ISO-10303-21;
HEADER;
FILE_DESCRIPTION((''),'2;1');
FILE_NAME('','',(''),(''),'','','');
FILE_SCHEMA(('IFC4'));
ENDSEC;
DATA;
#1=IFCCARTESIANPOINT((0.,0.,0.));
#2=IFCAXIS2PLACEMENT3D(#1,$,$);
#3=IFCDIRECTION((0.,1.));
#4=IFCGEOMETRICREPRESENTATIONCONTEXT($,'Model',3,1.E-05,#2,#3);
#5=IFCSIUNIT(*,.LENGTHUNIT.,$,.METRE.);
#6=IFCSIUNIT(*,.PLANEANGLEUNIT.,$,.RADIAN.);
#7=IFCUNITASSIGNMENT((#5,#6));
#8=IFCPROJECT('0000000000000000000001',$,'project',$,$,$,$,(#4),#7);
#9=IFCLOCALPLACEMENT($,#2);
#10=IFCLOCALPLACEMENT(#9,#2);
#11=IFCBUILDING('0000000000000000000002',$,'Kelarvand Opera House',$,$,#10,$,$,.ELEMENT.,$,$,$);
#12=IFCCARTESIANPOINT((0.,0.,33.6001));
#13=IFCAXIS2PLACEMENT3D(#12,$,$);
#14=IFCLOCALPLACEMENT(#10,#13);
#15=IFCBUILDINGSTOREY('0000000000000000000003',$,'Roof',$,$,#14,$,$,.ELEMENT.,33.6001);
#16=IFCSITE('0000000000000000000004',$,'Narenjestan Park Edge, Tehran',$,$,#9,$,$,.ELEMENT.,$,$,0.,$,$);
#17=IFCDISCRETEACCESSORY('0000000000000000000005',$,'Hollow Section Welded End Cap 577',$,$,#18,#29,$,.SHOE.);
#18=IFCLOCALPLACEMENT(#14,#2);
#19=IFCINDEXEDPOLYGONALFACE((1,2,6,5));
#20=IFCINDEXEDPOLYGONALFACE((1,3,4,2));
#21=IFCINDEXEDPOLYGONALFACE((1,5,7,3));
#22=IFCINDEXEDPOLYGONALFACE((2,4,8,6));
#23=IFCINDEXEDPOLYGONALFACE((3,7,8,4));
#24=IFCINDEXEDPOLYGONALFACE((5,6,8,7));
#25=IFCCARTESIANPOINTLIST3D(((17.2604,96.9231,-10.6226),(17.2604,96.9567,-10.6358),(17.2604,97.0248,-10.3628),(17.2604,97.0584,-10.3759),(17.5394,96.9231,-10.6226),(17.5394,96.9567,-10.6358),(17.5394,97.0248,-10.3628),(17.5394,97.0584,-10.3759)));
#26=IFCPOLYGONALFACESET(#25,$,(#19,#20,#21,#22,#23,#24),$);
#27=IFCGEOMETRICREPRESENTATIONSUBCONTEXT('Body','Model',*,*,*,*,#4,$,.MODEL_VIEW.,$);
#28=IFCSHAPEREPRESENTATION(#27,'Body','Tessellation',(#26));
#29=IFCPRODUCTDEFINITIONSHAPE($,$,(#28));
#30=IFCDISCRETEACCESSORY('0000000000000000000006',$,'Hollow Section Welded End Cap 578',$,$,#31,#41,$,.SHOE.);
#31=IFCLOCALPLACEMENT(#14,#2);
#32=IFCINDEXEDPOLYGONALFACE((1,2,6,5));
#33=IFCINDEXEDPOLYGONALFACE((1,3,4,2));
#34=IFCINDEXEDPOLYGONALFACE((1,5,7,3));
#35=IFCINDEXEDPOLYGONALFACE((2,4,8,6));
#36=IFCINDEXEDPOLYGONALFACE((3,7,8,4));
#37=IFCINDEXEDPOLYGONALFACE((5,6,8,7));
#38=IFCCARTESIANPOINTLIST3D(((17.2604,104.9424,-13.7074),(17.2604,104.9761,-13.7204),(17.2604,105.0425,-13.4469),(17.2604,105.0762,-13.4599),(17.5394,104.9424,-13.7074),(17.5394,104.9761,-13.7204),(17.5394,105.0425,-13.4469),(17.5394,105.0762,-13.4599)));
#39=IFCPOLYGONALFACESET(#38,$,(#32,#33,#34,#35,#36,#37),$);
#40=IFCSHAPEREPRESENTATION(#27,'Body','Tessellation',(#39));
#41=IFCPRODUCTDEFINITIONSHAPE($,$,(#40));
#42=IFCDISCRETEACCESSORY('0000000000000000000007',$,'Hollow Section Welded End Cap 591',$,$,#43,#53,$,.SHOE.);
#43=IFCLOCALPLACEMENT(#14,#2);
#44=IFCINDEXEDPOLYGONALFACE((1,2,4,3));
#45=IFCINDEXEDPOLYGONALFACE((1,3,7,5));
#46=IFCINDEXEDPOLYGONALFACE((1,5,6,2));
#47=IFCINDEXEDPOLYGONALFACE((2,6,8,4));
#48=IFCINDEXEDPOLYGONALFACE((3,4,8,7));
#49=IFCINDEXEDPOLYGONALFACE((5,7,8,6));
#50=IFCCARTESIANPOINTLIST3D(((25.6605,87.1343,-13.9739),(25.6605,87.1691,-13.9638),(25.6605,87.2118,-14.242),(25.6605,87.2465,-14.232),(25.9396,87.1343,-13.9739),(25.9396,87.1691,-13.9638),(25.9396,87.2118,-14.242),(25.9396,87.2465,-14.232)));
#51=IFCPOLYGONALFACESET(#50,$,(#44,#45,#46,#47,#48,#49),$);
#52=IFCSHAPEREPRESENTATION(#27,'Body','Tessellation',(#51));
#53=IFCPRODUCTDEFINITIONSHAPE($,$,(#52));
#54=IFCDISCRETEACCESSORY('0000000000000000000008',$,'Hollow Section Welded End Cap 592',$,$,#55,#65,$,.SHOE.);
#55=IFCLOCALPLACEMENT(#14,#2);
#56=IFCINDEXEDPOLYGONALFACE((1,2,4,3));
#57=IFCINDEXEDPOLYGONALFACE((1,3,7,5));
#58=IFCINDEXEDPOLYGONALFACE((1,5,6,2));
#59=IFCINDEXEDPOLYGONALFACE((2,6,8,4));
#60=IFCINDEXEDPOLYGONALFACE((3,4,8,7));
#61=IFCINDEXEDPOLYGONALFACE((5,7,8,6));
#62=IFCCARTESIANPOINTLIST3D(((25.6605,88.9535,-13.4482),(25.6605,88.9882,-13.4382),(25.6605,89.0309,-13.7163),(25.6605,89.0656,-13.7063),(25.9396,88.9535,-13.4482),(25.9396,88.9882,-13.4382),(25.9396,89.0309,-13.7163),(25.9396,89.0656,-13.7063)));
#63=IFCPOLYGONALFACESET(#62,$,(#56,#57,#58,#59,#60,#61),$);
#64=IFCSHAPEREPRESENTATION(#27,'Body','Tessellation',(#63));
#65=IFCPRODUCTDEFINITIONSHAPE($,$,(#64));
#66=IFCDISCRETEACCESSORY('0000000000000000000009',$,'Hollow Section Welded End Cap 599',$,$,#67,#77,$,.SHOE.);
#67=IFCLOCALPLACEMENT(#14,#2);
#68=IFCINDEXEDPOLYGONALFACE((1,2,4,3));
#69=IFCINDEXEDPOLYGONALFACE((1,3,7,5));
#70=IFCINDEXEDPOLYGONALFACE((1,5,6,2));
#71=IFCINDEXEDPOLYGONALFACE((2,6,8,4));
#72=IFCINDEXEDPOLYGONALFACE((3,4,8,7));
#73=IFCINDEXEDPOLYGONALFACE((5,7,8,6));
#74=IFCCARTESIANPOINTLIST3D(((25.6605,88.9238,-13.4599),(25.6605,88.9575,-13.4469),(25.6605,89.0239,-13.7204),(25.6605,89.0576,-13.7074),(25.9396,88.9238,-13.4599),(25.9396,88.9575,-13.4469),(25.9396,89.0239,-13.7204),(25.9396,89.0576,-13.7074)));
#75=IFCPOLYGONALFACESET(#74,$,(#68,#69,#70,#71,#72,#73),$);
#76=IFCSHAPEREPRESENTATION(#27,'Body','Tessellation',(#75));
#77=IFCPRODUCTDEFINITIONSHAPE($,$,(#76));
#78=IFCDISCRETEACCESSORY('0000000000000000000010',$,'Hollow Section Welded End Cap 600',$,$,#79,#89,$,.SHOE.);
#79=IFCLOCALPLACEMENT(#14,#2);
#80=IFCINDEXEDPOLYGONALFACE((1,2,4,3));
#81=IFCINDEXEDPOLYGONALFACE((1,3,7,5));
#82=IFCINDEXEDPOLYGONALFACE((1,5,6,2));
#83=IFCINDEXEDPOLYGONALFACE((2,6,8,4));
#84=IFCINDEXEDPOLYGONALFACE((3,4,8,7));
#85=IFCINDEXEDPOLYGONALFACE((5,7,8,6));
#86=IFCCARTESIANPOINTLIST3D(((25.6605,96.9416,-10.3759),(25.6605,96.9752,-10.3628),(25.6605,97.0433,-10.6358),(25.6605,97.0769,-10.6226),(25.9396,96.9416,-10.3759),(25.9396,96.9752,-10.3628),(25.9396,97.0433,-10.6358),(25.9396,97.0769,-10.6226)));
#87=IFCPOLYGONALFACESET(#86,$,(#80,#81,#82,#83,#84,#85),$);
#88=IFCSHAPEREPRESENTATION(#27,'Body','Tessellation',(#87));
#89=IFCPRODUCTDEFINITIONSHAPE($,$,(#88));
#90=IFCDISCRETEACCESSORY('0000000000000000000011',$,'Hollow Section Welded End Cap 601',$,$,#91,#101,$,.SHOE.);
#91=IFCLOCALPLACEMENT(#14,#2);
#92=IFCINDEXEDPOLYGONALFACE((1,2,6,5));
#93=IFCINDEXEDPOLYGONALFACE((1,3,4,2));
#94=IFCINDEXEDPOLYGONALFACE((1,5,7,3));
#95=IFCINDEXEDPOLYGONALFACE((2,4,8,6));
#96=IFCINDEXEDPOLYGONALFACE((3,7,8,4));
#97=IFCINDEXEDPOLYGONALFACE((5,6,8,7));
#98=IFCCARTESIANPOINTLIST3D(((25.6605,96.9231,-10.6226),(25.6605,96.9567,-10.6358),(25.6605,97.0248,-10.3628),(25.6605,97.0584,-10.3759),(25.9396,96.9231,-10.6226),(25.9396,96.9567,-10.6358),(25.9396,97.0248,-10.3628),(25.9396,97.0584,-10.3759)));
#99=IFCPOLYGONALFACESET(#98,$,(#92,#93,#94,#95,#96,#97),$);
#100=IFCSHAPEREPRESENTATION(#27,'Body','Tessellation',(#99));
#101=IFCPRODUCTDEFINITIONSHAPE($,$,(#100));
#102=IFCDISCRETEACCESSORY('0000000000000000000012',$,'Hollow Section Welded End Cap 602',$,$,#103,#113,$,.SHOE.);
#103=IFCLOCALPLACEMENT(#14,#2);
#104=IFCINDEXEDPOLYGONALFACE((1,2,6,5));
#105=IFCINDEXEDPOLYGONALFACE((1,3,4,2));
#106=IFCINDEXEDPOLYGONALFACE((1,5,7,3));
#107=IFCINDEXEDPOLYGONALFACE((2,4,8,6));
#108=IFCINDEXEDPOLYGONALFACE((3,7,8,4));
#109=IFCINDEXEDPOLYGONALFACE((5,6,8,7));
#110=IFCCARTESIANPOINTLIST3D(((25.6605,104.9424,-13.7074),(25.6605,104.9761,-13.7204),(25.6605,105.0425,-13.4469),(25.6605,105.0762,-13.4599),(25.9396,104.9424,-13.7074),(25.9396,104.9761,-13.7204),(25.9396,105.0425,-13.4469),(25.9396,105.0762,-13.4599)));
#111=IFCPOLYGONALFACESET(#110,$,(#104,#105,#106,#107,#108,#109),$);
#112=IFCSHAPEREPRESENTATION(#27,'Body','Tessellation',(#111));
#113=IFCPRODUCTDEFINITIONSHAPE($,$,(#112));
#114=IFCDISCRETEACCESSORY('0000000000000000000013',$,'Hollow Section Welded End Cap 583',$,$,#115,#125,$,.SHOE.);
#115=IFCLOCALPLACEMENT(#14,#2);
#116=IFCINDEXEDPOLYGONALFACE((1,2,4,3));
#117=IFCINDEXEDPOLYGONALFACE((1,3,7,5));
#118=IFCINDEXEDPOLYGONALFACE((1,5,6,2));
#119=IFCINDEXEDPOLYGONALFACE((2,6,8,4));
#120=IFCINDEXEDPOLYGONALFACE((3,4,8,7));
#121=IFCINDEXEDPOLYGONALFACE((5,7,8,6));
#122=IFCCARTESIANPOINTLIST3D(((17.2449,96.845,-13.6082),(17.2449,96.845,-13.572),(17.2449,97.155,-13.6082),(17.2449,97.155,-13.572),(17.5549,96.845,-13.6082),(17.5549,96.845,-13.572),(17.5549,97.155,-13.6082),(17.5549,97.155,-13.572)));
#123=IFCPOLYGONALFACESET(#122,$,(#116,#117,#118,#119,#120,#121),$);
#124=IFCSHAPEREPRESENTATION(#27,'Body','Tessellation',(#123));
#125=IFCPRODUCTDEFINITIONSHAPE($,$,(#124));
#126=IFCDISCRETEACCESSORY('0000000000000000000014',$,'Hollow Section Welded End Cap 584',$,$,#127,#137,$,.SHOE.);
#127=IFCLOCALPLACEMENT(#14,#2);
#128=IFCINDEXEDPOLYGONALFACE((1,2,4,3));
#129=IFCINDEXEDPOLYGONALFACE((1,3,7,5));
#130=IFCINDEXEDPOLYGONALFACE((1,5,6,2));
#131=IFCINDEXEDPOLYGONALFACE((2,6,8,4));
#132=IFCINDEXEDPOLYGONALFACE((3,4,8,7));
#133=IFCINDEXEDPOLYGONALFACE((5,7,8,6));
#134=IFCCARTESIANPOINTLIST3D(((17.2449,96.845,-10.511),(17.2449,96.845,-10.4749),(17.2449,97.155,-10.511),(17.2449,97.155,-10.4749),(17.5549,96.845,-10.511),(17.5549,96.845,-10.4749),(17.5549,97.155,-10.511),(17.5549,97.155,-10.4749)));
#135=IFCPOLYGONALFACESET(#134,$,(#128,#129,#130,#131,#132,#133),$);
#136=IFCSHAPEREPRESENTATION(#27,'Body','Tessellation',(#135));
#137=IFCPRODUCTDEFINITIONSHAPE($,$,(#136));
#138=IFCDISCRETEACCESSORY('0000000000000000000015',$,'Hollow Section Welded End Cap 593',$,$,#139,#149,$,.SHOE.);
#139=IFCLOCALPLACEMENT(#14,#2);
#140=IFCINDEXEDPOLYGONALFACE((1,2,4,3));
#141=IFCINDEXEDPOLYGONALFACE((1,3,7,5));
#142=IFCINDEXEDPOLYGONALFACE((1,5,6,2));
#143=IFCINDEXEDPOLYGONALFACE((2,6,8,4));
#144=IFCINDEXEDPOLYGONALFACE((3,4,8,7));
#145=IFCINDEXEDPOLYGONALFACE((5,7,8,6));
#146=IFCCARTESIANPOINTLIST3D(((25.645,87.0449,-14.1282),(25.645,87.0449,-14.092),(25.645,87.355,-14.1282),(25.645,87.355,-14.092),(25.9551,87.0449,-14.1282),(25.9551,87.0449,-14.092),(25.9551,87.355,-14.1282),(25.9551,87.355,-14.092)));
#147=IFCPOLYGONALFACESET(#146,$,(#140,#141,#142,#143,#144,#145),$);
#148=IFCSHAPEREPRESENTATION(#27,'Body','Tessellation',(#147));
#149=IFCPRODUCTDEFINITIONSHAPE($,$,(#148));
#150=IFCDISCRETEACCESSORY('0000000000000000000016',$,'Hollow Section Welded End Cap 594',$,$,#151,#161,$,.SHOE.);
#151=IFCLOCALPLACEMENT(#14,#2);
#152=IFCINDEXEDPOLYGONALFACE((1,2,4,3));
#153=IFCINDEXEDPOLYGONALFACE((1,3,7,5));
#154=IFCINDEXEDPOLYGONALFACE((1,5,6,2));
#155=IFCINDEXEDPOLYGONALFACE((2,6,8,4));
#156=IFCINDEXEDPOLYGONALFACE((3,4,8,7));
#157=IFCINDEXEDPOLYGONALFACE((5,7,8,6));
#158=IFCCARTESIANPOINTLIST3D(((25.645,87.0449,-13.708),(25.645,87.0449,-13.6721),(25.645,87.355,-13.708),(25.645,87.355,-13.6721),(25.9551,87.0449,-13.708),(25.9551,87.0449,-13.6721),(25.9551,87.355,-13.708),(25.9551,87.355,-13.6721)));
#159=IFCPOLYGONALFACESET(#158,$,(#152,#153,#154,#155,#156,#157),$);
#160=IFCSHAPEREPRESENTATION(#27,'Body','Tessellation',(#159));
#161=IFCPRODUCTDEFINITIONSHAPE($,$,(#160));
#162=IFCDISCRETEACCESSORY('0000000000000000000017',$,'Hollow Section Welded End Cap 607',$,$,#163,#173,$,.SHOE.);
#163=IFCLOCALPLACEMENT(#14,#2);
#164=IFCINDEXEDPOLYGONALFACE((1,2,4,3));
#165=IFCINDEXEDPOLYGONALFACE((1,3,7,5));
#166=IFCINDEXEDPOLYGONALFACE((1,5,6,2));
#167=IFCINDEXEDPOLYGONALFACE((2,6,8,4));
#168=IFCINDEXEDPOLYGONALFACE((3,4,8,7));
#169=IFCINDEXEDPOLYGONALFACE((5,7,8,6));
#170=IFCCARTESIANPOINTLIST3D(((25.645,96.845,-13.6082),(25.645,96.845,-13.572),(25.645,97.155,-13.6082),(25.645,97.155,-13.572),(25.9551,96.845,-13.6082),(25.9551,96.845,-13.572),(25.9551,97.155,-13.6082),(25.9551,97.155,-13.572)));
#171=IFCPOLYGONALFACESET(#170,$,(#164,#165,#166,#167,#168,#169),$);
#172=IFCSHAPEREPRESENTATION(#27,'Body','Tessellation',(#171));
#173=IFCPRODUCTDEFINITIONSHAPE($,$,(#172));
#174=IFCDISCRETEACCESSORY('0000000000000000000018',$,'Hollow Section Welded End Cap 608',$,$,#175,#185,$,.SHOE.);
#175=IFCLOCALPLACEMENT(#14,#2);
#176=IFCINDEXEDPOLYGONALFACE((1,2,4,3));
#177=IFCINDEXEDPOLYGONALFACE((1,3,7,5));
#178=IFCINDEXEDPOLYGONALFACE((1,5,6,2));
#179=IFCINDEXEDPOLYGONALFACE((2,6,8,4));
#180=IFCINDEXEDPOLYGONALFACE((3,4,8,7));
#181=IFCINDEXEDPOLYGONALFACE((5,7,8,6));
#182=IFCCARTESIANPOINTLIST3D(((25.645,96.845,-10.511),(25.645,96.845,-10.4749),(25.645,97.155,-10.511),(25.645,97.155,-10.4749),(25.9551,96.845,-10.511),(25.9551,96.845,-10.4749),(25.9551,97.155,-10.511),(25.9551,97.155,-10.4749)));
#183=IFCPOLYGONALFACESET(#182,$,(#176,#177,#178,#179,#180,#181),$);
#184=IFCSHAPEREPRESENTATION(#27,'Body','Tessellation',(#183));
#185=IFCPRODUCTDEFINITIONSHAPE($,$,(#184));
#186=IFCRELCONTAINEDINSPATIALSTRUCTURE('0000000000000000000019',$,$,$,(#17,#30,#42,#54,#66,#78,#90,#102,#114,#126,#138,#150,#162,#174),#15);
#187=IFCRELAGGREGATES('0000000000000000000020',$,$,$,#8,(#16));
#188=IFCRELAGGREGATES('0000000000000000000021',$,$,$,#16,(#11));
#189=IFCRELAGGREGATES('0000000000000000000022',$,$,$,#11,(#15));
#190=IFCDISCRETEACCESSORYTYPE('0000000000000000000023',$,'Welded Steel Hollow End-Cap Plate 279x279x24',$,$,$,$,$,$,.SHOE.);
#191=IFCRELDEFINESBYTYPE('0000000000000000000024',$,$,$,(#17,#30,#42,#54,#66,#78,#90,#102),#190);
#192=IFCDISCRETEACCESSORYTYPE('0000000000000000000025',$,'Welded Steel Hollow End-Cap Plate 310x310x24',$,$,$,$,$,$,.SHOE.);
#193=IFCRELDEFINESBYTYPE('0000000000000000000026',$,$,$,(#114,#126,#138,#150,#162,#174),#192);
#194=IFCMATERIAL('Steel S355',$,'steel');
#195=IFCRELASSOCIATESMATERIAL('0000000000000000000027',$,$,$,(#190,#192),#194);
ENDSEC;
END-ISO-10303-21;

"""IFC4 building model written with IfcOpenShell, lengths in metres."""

from ifc_helpers import new_model, si_unit, direction, frame, origin, origin_2d, place, context, subcontext, project, spatial, rectangle, extrude, material, material_profile, profile_set, type_object, element, save


model = new_model("IFC4")

# Units and contexts
model_context = context("Model", 3, precision=1e-05, world=origin(), true_north=direction((0.0, 1.0)))
body_context = subcontext(model_context, "Body", "Model", "MODEL_VIEW")
ifc_project = project(units=[si_unit("LENGTHUNIT", "METRE"), si_unit("PLANEANGLEUNIT", "RADIAN")], contexts=[model_context])

# Site, building, storey
site_placement = place(None, origin())
site = spatial("IfcSite", under=ifc_project, at=site_placement, Name="Narenjestan Park Edge, Tehran", CompositionType="ELEMENT", RefElevation=0.0)
building_placement = place(site_placement, origin())
building = spatial("IfcBuilding", under=site, at=building_placement, Name="Kelarvand Opera House", CompositionType="ELEMENT")
storey_placement = place(building_placement, frame((0.0, 0.0, 33.6001)))
storey = spatial("IfcBuildingStorey", under=building, at=storey_placement, Name="Roof", CompositionType="ELEMENT", Elevation=33.6001)

# Shared definitions
ifc_material = material(Name="Steel S355", Category="steel")

# Discrete accessories
ifc_material_profile_1 = material_profile(ifc_material, rectangle(XDim=0.2791, YDim=0.2791, at=origin_2d()), Name="Welded Steel Hollow End-Cap Plate 279x279x24", Category="steel")
ifc_profile_set_1 = profile_set([ifc_material_profile_1], Name="Steel S355")
discrete_accessory_type_1 = type_object("IfcDiscreteAccessoryType", Name="Welded Steel Hollow End-Cap Plate 279x279x24", PredefinedType="SHOE", material=ifc_profile_set_1)
for number, where, z_axis, x_axis, name in (
    (1, (17.3999, 97.0076, -10.5059), (0.0, -0.931243, 0.364399), (1.0, 0.0, 0.0), "Hollow Section Welded End Cap 577"),
    (2, (17.3999, 104.9924, -13.5771), (0.0, 0.93352, -0.358526), (-1.0, 0.0, 0.0), "Hollow Section Welded End Cap 578"),
    (3, (25.8, 87.2078, -14.0979), (0.0, -0.960754, -0.277401), (1.0, 0.0, 0.0), "Hollow Section Welded End Cap 591"),
    (4, (25.8, 88.9922, -13.5823), (0.0, 0.960754, 0.277401), (-1.0, 0.0, 0.0), "Hollow Section Welded End Cap 592"),
    (5, (25.8, 89.0076, -13.5771), (0.0, -0.93352, -0.358526), (1.0, 0.0, 0.0), "Hollow Section Welded End Cap 599"),
    (6, (25.8, 96.9924, -10.5059), (0.0, 0.931243, 0.364399), (-1.0, 0.0, 0.0), "Hollow Section Welded End Cap 600"),
    (7, (25.8, 97.0076, -10.5059), (0.0, -0.931243, 0.364399), (1.0, 0.0, 0.0), "Hollow Section Welded End Cap 601"),
    (8, (25.8, 104.9924, -13.5771), (0.0, 0.93352, -0.358526), (-1.0, 0.0, 0.0), "Hollow Section Welded End Cap 602"),
):
    element("IfcDiscreteAccessory", number, at=place(storey_placement, frame(where, z_axis=z_axis, x_axis=x_axis)), inside=storey, type_object=discrete_accessory_type_1, Name=name, PredefinedType="SHOE", context=body_context, shape_type="SweptSolid", body=[
        extrude(rectangle(XDim=0.2791, YDim=0.2791, at=origin_2d()), origin(), (0.0, 0.0, 1.0), 0.0361),
    ])
ifc_material_profile_2 = material_profile(ifc_material, rectangle(XDim=0.3101, YDim=0.3101, at=origin_2d()), Name="Welded Steel Hollow End-Cap Plate 310x310x24", Category="steel")
ifc_profile_set_2 = profile_set([ifc_material_profile_2], Name="Steel S355")
discrete_accessory_type_2 = type_object("IfcDiscreteAccessoryType", Name="Welded Steel Hollow End-Cap Plate 310x310x24", PredefinedType="SHOE", material=ifc_profile_set_2)
for number, where, z_axis, x_axis, name in (
    (9, (17.3999, 97.0, -13.572), (0.0, 0.0, -1.0), (1.0, 0.0, 0.0), "Hollow Section Welded End Cap 583"),
    (10, (17.3999, 97.0, -10.511), (0.0, 0.0, 1.0), (1.0, 0.0, 0.0), "Hollow Section Welded End Cap 584"),
    (11, (25.8, 87.2, -14.092), (0.0, 0.0, -1.0), (1.0, 0.0, 0.0), "Hollow Section Welded End Cap 593"),
):
    element("IfcDiscreteAccessory", number, at=place(storey_placement, frame(where, z_axis=z_axis, x_axis=x_axis)), inside=storey, type_object=discrete_accessory_type_2, Name=name, PredefinedType="SHOE", context=body_context, shape_type="SweptSolid", body=[
        extrude(rectangle(XDim=0.3101, YDim=0.3101, at=origin_2d()), origin(), (0.0, 0.0, 1.0), 0.0361),
    ])
discrete_accessory_placement = place(storey_placement, frame((25.8, 87.2, -13.708), z_axis=(0.0, 0.0, 1.0), x_axis=(1.0, 0.0, 0.0)))
element("IfcDiscreteAccessory", 12, at=discrete_accessory_placement, inside=storey, type_object=discrete_accessory_type_2, Name="Hollow Section Welded End Cap 594", PredefinedType="SHOE", context=body_context, shape_type="SweptSolid", body=[
    extrude(rectangle(XDim=0.3101, YDim=0.3101, at=origin_2d()), origin(), (0.0, 0.0, 1.0), 0.0359),
])
for number, where, z_axis, x_axis, name in (
    (13, (25.8, 97.0, -13.572), (0.0, 0.0, -1.0), (1.0, 0.0, 0.0), "Hollow Section Welded End Cap 607"),
    (14, (25.8, 97.0, -10.511), (0.0, 0.0, 1.0), (1.0, 0.0, 0.0), "Hollow Section Welded End Cap 608"),
):
    element("IfcDiscreteAccessory", number, at=place(storey_placement, frame(where, z_axis=z_axis, x_axis=x_axis)), inside=storey, type_object=discrete_accessory_type_2, Name=name, PredefinedType="SHOE", context=body_context, shape_type="SweptSolid", body=[
        extrude(rectangle(XDim=0.3101, YDim=0.3101, at=origin_2d()), origin(), (0.0, 0.0, 1.0), 0.0361),
    ])

save(model, "model.ifc")
